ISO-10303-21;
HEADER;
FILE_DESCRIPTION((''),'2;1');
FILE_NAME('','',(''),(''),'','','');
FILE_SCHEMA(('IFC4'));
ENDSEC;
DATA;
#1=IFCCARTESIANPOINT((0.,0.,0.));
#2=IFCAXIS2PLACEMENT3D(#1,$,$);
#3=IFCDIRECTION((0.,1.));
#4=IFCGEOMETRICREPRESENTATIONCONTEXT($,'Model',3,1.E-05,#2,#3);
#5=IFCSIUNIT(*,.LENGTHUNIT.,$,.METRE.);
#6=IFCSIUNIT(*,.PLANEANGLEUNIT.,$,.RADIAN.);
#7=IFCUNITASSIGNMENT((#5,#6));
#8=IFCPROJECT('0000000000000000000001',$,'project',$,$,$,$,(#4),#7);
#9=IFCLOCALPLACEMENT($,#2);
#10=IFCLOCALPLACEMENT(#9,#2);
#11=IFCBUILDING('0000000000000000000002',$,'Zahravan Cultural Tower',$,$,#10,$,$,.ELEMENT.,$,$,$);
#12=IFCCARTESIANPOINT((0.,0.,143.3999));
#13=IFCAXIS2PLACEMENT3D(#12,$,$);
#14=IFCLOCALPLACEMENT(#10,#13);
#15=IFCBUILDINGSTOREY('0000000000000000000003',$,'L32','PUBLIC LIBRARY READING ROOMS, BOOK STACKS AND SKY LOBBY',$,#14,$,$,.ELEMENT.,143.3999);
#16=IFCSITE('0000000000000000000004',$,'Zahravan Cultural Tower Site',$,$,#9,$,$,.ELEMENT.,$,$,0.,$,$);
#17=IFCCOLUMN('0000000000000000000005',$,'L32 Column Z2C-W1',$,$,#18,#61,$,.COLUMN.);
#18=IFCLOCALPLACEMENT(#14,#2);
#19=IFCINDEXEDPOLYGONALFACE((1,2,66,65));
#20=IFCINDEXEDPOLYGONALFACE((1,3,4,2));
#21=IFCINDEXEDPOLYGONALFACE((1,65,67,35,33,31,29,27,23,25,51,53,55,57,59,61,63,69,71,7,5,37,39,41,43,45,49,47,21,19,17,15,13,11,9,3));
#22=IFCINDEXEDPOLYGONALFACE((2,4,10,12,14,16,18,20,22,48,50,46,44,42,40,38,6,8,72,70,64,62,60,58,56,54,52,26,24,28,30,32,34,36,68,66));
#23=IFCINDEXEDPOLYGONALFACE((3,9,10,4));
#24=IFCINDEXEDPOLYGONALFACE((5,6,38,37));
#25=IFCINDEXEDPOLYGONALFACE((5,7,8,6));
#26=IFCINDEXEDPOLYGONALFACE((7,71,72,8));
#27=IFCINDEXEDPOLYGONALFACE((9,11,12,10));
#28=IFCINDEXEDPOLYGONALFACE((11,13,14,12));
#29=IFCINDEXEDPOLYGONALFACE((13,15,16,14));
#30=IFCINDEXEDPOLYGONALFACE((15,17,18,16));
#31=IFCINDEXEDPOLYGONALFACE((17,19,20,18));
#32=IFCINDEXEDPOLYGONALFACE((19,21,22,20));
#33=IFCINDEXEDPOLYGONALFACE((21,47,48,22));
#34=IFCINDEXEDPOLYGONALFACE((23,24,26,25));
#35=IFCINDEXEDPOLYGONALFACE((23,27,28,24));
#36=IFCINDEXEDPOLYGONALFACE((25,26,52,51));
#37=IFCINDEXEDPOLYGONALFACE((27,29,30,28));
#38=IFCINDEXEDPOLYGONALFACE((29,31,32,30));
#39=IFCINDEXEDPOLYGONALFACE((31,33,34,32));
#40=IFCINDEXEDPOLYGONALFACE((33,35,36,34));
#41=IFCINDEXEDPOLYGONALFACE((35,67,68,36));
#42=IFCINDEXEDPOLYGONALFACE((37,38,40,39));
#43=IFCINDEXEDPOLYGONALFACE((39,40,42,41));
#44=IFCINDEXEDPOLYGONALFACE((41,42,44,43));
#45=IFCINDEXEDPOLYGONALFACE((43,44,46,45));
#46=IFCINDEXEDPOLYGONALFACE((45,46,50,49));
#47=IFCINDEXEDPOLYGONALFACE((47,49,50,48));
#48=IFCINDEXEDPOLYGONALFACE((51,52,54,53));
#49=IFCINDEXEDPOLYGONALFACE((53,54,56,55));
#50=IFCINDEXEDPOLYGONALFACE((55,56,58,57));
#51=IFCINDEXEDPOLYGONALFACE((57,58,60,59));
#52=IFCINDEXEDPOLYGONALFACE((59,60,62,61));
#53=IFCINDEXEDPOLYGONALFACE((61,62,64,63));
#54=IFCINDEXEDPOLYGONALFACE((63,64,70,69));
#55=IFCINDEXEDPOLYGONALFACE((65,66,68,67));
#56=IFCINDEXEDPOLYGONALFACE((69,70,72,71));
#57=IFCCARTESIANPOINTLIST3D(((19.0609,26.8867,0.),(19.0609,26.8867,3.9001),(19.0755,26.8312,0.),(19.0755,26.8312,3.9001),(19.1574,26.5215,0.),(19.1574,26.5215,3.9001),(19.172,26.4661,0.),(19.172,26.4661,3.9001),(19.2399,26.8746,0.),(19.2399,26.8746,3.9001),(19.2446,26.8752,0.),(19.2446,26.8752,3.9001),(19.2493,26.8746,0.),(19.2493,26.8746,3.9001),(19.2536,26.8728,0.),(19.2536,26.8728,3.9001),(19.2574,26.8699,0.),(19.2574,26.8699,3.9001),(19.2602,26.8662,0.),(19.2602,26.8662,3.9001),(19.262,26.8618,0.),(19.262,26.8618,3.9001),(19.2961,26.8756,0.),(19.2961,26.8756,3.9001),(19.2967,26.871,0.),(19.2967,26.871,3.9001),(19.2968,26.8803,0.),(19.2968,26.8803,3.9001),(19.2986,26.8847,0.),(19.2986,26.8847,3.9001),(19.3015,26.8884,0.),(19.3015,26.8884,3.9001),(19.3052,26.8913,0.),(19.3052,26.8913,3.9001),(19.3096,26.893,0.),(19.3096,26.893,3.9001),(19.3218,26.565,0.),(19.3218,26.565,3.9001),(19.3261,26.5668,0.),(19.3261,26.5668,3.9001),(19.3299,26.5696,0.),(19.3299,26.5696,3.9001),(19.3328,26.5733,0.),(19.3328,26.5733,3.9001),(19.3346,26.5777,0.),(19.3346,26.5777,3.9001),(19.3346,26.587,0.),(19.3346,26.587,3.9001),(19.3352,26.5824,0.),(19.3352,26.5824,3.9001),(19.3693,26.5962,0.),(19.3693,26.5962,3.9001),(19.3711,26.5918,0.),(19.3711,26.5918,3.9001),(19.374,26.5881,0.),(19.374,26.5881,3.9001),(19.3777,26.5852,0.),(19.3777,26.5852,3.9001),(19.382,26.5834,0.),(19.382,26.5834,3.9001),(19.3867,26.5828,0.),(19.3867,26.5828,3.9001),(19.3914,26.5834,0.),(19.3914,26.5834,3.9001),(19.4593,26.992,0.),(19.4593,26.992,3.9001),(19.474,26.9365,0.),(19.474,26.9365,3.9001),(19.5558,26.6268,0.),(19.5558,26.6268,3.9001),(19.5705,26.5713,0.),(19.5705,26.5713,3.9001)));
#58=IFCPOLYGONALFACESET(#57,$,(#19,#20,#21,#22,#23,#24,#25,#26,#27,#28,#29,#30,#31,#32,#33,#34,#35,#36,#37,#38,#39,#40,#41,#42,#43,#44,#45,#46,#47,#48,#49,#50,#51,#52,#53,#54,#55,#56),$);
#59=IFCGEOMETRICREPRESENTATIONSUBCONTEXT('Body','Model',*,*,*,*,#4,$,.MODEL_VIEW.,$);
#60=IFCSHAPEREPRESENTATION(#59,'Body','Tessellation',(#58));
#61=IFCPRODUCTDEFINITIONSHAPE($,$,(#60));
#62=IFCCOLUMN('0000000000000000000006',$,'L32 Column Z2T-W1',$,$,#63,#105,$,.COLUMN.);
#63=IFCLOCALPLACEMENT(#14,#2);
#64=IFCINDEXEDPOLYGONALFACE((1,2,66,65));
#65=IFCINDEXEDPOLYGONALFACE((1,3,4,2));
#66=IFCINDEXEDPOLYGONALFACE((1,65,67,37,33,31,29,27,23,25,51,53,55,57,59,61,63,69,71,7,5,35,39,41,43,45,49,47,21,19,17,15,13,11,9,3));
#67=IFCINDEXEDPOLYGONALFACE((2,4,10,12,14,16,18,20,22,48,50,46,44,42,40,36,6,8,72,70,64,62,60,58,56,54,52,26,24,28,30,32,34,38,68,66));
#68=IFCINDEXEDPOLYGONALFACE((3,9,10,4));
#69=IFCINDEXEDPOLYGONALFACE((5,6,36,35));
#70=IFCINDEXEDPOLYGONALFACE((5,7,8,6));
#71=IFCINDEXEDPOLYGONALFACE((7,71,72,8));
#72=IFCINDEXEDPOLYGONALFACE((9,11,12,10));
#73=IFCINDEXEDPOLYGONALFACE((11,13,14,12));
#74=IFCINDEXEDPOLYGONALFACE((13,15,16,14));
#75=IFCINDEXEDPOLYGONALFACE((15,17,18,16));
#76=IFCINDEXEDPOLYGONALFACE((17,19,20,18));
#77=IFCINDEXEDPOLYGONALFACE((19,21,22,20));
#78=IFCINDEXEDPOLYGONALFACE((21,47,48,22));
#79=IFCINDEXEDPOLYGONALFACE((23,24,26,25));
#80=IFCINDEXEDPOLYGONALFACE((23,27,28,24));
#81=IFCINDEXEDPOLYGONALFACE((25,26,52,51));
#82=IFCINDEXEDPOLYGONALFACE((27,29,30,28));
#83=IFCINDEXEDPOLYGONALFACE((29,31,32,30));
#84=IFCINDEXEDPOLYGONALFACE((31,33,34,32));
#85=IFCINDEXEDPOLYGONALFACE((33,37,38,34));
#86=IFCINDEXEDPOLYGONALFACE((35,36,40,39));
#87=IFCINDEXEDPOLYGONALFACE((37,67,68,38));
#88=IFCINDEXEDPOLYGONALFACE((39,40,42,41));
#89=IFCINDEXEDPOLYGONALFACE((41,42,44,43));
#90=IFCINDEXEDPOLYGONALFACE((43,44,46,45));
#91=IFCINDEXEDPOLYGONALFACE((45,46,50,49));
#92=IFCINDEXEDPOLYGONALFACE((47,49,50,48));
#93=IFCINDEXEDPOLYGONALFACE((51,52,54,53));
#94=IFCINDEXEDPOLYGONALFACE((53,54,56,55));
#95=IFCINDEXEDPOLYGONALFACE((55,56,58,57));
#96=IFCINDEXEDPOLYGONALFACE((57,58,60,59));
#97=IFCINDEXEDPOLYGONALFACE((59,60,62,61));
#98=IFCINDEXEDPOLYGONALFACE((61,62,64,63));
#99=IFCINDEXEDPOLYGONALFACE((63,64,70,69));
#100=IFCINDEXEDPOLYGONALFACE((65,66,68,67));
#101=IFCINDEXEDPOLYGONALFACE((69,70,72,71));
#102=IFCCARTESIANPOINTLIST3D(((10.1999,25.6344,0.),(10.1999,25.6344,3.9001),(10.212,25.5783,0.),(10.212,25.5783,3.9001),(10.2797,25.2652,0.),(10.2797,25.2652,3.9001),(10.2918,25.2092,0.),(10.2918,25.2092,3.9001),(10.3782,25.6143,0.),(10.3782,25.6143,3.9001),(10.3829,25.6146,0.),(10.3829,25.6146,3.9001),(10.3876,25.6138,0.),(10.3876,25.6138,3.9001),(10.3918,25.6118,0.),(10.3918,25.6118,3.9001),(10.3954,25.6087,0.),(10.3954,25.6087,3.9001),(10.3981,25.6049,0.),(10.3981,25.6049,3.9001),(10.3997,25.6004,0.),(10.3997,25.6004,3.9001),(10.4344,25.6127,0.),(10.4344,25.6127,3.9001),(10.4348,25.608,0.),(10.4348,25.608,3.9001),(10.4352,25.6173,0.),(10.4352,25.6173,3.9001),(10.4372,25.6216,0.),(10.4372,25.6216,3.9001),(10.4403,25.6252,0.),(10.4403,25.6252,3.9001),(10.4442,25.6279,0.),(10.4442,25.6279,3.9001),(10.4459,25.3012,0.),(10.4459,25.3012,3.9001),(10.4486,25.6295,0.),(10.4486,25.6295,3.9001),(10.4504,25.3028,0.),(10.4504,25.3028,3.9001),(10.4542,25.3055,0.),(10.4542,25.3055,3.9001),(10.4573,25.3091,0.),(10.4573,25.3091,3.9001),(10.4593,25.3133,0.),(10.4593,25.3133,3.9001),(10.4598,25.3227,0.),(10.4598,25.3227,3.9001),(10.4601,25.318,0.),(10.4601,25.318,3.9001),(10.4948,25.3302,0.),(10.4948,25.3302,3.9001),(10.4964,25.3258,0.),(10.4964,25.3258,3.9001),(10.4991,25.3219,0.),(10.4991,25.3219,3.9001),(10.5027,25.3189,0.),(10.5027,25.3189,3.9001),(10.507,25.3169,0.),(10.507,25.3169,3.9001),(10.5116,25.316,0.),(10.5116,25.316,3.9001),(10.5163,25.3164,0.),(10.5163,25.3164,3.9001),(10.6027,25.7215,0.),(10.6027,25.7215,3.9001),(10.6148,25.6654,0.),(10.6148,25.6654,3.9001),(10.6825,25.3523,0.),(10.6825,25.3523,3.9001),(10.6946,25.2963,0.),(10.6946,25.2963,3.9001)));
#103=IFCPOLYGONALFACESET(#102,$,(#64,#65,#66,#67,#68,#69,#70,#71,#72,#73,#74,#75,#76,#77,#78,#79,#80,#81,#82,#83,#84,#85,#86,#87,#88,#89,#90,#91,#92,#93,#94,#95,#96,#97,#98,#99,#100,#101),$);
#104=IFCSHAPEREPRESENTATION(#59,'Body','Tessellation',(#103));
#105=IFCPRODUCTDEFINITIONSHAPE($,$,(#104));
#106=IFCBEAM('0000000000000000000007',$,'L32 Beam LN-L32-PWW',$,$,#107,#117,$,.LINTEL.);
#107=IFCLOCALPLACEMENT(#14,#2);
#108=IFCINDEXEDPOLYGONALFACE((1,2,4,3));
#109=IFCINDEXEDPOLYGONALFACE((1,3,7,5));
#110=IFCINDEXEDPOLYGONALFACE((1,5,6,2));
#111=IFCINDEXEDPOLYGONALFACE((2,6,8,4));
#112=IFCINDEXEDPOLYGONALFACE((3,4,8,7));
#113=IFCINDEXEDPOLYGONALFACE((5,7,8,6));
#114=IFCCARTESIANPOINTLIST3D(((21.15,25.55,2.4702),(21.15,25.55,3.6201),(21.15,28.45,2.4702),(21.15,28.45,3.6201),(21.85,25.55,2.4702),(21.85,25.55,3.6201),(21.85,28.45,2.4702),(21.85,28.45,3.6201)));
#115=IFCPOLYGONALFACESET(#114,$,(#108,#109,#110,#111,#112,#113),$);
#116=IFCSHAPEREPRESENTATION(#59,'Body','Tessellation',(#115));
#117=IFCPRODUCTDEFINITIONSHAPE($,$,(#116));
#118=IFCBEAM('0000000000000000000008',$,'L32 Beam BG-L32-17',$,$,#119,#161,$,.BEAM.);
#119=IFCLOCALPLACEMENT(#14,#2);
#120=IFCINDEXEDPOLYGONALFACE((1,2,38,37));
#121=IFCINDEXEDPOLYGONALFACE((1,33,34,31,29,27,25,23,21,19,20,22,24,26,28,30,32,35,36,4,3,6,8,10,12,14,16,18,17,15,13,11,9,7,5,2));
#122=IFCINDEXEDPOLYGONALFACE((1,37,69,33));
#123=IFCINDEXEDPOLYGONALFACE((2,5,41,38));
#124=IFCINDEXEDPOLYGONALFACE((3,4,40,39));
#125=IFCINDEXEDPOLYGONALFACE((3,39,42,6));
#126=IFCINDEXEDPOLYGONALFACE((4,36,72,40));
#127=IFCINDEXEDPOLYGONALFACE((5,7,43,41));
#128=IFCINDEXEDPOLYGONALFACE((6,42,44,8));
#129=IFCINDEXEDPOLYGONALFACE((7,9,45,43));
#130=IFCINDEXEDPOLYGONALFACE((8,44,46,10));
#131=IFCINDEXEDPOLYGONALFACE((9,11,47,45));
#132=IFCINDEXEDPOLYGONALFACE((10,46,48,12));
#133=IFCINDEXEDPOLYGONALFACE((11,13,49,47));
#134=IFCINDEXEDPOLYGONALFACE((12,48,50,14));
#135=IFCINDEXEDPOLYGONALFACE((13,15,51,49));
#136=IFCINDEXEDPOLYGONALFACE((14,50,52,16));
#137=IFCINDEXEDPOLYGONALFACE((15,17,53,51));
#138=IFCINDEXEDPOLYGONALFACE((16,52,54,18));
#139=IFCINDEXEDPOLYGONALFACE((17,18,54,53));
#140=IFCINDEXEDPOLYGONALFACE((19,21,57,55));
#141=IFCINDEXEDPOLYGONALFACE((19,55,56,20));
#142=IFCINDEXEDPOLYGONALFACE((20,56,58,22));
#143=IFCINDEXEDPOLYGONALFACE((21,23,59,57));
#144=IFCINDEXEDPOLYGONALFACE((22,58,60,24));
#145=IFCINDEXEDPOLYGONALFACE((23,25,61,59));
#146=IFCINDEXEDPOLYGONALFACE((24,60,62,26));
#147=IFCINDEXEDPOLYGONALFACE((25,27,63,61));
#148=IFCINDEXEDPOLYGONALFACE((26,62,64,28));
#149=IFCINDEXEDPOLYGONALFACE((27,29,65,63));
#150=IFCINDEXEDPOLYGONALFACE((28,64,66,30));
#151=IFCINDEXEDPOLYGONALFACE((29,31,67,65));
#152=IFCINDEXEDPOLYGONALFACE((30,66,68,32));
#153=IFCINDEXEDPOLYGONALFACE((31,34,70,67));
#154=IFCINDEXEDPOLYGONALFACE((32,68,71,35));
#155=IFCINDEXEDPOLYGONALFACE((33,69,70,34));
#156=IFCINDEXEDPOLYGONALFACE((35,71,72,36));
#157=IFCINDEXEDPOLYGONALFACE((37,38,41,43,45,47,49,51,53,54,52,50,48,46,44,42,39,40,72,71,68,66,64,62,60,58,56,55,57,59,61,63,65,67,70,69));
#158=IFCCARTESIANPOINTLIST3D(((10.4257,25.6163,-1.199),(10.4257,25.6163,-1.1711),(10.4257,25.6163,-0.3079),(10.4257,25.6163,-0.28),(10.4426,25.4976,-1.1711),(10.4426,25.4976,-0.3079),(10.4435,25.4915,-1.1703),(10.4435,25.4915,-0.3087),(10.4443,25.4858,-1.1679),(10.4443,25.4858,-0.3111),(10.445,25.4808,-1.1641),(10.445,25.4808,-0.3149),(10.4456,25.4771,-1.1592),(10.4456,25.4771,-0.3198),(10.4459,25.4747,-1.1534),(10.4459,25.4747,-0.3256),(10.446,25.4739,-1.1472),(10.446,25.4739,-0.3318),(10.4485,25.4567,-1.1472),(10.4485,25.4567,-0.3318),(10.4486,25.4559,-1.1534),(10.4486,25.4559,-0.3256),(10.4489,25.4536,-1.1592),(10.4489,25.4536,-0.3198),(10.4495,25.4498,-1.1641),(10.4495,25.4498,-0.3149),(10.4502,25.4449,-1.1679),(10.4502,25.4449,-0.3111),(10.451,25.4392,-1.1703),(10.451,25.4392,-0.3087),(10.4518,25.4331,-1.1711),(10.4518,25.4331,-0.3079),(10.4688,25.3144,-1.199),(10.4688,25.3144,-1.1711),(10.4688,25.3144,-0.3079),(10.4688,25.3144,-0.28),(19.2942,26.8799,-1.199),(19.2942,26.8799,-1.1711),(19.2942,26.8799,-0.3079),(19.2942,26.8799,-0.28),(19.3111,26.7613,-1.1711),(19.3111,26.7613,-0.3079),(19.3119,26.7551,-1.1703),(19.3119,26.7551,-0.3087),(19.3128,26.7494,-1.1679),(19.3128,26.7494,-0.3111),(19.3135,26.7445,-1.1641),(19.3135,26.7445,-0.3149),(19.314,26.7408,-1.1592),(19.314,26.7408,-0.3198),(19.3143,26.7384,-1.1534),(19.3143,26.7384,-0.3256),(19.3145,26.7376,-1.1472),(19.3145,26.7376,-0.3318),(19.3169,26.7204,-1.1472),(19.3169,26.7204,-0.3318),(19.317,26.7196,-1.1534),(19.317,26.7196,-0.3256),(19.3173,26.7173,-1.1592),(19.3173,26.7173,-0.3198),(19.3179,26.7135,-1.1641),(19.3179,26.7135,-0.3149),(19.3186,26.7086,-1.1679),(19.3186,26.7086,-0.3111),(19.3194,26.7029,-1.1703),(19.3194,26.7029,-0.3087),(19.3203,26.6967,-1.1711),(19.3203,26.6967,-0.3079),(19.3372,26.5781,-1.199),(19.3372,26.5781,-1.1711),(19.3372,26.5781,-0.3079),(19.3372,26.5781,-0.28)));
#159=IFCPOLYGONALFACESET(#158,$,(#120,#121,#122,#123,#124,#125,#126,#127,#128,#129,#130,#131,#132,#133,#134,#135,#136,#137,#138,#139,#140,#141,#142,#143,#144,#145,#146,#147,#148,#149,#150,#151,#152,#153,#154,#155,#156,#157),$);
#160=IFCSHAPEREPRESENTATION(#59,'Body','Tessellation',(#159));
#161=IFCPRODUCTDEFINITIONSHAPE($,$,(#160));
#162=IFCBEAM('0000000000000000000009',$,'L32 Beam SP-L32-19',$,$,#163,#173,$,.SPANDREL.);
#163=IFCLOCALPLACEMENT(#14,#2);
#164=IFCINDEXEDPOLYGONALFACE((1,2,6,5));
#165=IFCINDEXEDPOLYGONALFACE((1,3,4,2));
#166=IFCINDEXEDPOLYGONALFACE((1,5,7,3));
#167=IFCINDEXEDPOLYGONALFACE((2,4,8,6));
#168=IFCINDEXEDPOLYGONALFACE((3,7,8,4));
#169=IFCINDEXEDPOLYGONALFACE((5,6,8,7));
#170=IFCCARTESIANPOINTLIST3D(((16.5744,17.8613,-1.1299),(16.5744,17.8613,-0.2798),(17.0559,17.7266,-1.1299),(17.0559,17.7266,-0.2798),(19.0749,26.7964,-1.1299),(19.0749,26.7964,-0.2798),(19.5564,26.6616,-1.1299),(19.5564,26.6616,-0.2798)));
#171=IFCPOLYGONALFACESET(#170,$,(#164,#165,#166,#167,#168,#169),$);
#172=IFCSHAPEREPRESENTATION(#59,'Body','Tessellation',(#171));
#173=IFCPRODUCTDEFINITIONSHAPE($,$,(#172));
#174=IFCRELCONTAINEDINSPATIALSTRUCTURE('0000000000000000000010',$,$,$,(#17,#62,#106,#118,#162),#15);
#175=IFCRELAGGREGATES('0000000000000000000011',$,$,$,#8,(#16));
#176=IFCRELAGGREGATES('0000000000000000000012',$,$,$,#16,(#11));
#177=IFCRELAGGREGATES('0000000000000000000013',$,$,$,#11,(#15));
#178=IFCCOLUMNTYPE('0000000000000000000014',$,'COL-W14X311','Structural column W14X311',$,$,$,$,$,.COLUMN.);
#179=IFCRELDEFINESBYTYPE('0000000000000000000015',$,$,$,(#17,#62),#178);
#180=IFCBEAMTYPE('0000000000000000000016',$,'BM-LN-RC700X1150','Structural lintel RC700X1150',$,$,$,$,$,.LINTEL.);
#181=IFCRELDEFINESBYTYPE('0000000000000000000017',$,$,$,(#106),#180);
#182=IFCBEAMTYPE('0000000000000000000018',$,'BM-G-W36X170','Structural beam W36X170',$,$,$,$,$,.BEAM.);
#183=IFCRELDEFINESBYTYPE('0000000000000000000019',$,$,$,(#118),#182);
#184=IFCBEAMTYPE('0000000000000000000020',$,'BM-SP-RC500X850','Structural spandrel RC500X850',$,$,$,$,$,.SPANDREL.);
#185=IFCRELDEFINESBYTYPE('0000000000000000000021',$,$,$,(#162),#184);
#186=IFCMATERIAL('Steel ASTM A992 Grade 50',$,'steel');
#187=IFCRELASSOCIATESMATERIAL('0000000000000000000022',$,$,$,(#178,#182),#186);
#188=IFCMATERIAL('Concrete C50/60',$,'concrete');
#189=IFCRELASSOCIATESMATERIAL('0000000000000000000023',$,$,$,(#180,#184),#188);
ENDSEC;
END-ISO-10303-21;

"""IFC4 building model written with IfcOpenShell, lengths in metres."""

from ifc_helpers import new_model, si_unit, direction, frame, origin, origin_2d, place, context, subcontext, project, spatial, rectangle, i_section, extrude, source, transform, mapped, material, material_profile, profile_set, type_object, element, save


model = new_model("IFC4")

# Units and contexts
model_context = context("Model", 3, precision=1e-05, world=origin(), true_north=direction((0.0, 1.0)))
body_context = subcontext(model_context, "Body", "Model", "MODEL_VIEW")
ifc_project = project(units=[si_unit("LENGTHUNIT", "METRE"), si_unit("PLANEANGLEUNIT", "RADIAN")], contexts=[model_context])

# Site, building, storey
site_placement = place(None, origin())
site = spatial("IfcSite", under=ifc_project, at=site_placement, Name="Zahravan Cultural Tower Site", CompositionType="ELEMENT", RefElevation=0.0)
building_placement = place(site_placement, origin())
building = spatial("IfcBuilding", under=site, at=building_placement, Name="Zahravan Cultural Tower", CompositionType="ELEMENT")
storey_placement = place(building_placement, frame((0.0, 0.0, 143.3999)))
storey = spatial("IfcBuildingStorey", under=building, at=storey_placement, Name="L32", Description="PUBLIC LIBRARY READING ROOMS, BOOK STACKS AND SKY LOBBY", CompositionType="ELEMENT", Elevation=143.3999)

# Columns
ifc_material_1 = material(Name="Steel ASTM A992 Grade 50", Category="steel")
ifc_material_profile_1 = material_profile(ifc_material_1, i_section(OverallWidth=0.4121, OverallDepth=0.4351, WebThickness=0.0359, FlangeThickness=0.0574, FilletRadius=0.0181, at=origin_2d()), Name="W14X311")
ifc_profile_set_1 = profile_set([ifc_material_profile_1], Name="Steel ASTM A992 Grade 50")
column_type = type_object("IfcColumnType", Name="COL-W14X311", Description="Structural column W14X311", PredefinedType="COLUMN", material=ifc_profile_set_1)
shared_shape_1 = source(origin(), body_context, "Body", "SweptSolid", [
    extrude(i_section(OverallWidth=0.4121, OverallDepth=0.4351, WebThickness=0.0359, FlangeThickness=0.0574, FilletRadius=0.0181, at=origin_2d()), origin(), (0.0, 0.0, 1.0), 3.9001),
])
for number, where, z_axis, x_axis, name in (
    (1, (19.3157, 26.729, 0.0), (0.0, 0.0, 1.0), (0.966823, 0.255446, 0.0), "L32 Column Z2C-W1"),
    (2, (10.4473, 25.4653, 0.0), (0.0, 0.0, 1.0), (0.977416, 0.211325, 0.0), "L32 Column Z2T-W1"),
):
    element("IfcColumn", number, at=place(storey_placement, frame(where, z_axis=z_axis, x_axis=x_axis)), inside=storey, type_object=column_type, Name=name, PredefinedType="COLUMN", context=body_context, shape_type="MappedRepresentation", body=[
        mapped(shared_shape_1, transform((0.0, 0.0, 0.0), x_axis=(1.0, 0.0, 0.0), y_axis=(0.0, 1.0, 0.0), z_axis=(0.0, 0.0, 1.0), scale=1.0)),
    ])

# Beams
ifc_material_2 = material(Name="Concrete C50/60", Category="concrete")
ifc_material_profile_2 = material_profile(ifc_material_2, rectangle(XDim=0.7, YDim=1.1499, at=origin_2d()), Name="RC700X1150")
ifc_profile_set_2 = profile_set([ifc_material_profile_2], Name="Concrete C50/60")
beam_type_1 = type_object("IfcBeamType", Name="BM-LN-RC700X1150", Description="Structural lintel RC700X1150", PredefinedType="LINTEL", material=ifc_profile_set_2)
shared_shape_2 = source(origin(), body_context, "Body", "SweptSolid", [
    extrude(rectangle(XDim=0.7, YDim=1.1499, at=origin_2d()), origin(), (0.0, 0.0, 1.0), 2.8999),
])
beam_1_placement = place(storey_placement, frame((21.5, 25.55, 3.0452), z_axis=(0.0, 1.0, 0.0), x_axis=(-1.0, 0.0, 0.0)))
element("IfcBeam", 3, at=beam_1_placement, inside=storey, type_object=beam_type_1, Name="L32 Beam LN-L32-PWW", PredefinedType="LINTEL", context=body_context, shape_type="MappedRepresentation", body=[
    mapped(shared_shape_2, transform((0.0, 0.0, 0.0), x_axis=(1.0, 0.0, 0.0), y_axis=(0.0, 1.0, 0.0), z_axis=(0.0, 0.0, 1.0), scale=1.0)),
])
ifc_material_profile_3 = material_profile(ifc_material_1, i_section(OverallWidth=0.3049, OverallDepth=0.9189, WebThickness=0.0173, FlangeThickness=0.0278, FilletRadius=0.0239, at=origin_2d()), Name="W36X170")
ifc_profile_set_3 = profile_set([ifc_material_profile_3], Name="Steel ASTM A992 Grade 50")
beam_type_2 = type_object("IfcBeamType", Name="BM-G-W36X170", Description="Structural beam W36X170", PredefinedType="BEAM", material=ifc_profile_set_3)
shared_shape_3 = source(origin(), body_context, "Body", "SweptSolid", [
    extrude(i_section(OverallWidth=0.3049, OverallDepth=0.9189, WebThickness=0.0173, FlangeThickness=0.0278, FilletRadius=0.0239, at=origin_2d()), origin(), (0.0, 0.0, 1.0), 8.958),
])
beam_2_placement = place(storey_placement, frame((19.3157, 26.729, -0.7395), z_axis=(-0.99, -0.141067, 0.0), x_axis=(0.141067, -0.99, 0.0)))
element("IfcBeam", 4, at=beam_2_placement, inside=storey, type_object=beam_type_2, Name="L32 Beam BG-L32-17", PredefinedType="BEAM", context=body_context, shape_type="MappedRepresentation", body=[
    mapped(shared_shape_3, transform((0.0, 0.0, 0.0), x_axis=(1.0, 0.0, 0.0), y_axis=(0.0, 1.0, 0.0), z_axis=(0.0, 0.0, 1.0), scale=1.0)),
])
ifc_material_profile_4 = material_profile(ifc_material_2, rectangle(XDim=0.5, YDim=0.8501, at=origin_2d()), Name="RC500X850")
ifc_profile_set_4 = profile_set([ifc_material_profile_4], Name="Concrete C50/60")
beam_type_3 = type_object("IfcBeamType", Name="BM-SP-RC500X850", Description="Structural spandrel RC500X850", PredefinedType="SPANDREL", material=ifc_profile_set_4)
shared_shape_4 = source(origin(), body_context, "Body", "SweptSolid", [
    extrude(rectangle(XDim=0.5, YDim=0.8501, at=origin_2d()), origin(), (0.0, 0.0, 1.0), 9.2783),
])
beam_3_placement = place(storey_placement, frame((19.3157, 26.729, -0.7048), z_axis=(-0.269497, -0.963001, 0.0), x_axis=(0.963001, -0.269497, 0.0)))
element("IfcBeam", 5, at=beam_3_placement, inside=storey, type_object=beam_type_3, Name="L32 Beam SP-L32-19", PredefinedType="SPANDREL", context=body_context, shape_type="MappedRepresentation", body=[
    mapped(shared_shape_4, transform((0.0, 0.0, 0.0), x_axis=(1.0, 0.0, 0.0), y_axis=(0.0, 1.0, 0.0), z_axis=(0.0, 0.0, 1.0), scale=1.0)),
])

save(model, "model.ifc")
